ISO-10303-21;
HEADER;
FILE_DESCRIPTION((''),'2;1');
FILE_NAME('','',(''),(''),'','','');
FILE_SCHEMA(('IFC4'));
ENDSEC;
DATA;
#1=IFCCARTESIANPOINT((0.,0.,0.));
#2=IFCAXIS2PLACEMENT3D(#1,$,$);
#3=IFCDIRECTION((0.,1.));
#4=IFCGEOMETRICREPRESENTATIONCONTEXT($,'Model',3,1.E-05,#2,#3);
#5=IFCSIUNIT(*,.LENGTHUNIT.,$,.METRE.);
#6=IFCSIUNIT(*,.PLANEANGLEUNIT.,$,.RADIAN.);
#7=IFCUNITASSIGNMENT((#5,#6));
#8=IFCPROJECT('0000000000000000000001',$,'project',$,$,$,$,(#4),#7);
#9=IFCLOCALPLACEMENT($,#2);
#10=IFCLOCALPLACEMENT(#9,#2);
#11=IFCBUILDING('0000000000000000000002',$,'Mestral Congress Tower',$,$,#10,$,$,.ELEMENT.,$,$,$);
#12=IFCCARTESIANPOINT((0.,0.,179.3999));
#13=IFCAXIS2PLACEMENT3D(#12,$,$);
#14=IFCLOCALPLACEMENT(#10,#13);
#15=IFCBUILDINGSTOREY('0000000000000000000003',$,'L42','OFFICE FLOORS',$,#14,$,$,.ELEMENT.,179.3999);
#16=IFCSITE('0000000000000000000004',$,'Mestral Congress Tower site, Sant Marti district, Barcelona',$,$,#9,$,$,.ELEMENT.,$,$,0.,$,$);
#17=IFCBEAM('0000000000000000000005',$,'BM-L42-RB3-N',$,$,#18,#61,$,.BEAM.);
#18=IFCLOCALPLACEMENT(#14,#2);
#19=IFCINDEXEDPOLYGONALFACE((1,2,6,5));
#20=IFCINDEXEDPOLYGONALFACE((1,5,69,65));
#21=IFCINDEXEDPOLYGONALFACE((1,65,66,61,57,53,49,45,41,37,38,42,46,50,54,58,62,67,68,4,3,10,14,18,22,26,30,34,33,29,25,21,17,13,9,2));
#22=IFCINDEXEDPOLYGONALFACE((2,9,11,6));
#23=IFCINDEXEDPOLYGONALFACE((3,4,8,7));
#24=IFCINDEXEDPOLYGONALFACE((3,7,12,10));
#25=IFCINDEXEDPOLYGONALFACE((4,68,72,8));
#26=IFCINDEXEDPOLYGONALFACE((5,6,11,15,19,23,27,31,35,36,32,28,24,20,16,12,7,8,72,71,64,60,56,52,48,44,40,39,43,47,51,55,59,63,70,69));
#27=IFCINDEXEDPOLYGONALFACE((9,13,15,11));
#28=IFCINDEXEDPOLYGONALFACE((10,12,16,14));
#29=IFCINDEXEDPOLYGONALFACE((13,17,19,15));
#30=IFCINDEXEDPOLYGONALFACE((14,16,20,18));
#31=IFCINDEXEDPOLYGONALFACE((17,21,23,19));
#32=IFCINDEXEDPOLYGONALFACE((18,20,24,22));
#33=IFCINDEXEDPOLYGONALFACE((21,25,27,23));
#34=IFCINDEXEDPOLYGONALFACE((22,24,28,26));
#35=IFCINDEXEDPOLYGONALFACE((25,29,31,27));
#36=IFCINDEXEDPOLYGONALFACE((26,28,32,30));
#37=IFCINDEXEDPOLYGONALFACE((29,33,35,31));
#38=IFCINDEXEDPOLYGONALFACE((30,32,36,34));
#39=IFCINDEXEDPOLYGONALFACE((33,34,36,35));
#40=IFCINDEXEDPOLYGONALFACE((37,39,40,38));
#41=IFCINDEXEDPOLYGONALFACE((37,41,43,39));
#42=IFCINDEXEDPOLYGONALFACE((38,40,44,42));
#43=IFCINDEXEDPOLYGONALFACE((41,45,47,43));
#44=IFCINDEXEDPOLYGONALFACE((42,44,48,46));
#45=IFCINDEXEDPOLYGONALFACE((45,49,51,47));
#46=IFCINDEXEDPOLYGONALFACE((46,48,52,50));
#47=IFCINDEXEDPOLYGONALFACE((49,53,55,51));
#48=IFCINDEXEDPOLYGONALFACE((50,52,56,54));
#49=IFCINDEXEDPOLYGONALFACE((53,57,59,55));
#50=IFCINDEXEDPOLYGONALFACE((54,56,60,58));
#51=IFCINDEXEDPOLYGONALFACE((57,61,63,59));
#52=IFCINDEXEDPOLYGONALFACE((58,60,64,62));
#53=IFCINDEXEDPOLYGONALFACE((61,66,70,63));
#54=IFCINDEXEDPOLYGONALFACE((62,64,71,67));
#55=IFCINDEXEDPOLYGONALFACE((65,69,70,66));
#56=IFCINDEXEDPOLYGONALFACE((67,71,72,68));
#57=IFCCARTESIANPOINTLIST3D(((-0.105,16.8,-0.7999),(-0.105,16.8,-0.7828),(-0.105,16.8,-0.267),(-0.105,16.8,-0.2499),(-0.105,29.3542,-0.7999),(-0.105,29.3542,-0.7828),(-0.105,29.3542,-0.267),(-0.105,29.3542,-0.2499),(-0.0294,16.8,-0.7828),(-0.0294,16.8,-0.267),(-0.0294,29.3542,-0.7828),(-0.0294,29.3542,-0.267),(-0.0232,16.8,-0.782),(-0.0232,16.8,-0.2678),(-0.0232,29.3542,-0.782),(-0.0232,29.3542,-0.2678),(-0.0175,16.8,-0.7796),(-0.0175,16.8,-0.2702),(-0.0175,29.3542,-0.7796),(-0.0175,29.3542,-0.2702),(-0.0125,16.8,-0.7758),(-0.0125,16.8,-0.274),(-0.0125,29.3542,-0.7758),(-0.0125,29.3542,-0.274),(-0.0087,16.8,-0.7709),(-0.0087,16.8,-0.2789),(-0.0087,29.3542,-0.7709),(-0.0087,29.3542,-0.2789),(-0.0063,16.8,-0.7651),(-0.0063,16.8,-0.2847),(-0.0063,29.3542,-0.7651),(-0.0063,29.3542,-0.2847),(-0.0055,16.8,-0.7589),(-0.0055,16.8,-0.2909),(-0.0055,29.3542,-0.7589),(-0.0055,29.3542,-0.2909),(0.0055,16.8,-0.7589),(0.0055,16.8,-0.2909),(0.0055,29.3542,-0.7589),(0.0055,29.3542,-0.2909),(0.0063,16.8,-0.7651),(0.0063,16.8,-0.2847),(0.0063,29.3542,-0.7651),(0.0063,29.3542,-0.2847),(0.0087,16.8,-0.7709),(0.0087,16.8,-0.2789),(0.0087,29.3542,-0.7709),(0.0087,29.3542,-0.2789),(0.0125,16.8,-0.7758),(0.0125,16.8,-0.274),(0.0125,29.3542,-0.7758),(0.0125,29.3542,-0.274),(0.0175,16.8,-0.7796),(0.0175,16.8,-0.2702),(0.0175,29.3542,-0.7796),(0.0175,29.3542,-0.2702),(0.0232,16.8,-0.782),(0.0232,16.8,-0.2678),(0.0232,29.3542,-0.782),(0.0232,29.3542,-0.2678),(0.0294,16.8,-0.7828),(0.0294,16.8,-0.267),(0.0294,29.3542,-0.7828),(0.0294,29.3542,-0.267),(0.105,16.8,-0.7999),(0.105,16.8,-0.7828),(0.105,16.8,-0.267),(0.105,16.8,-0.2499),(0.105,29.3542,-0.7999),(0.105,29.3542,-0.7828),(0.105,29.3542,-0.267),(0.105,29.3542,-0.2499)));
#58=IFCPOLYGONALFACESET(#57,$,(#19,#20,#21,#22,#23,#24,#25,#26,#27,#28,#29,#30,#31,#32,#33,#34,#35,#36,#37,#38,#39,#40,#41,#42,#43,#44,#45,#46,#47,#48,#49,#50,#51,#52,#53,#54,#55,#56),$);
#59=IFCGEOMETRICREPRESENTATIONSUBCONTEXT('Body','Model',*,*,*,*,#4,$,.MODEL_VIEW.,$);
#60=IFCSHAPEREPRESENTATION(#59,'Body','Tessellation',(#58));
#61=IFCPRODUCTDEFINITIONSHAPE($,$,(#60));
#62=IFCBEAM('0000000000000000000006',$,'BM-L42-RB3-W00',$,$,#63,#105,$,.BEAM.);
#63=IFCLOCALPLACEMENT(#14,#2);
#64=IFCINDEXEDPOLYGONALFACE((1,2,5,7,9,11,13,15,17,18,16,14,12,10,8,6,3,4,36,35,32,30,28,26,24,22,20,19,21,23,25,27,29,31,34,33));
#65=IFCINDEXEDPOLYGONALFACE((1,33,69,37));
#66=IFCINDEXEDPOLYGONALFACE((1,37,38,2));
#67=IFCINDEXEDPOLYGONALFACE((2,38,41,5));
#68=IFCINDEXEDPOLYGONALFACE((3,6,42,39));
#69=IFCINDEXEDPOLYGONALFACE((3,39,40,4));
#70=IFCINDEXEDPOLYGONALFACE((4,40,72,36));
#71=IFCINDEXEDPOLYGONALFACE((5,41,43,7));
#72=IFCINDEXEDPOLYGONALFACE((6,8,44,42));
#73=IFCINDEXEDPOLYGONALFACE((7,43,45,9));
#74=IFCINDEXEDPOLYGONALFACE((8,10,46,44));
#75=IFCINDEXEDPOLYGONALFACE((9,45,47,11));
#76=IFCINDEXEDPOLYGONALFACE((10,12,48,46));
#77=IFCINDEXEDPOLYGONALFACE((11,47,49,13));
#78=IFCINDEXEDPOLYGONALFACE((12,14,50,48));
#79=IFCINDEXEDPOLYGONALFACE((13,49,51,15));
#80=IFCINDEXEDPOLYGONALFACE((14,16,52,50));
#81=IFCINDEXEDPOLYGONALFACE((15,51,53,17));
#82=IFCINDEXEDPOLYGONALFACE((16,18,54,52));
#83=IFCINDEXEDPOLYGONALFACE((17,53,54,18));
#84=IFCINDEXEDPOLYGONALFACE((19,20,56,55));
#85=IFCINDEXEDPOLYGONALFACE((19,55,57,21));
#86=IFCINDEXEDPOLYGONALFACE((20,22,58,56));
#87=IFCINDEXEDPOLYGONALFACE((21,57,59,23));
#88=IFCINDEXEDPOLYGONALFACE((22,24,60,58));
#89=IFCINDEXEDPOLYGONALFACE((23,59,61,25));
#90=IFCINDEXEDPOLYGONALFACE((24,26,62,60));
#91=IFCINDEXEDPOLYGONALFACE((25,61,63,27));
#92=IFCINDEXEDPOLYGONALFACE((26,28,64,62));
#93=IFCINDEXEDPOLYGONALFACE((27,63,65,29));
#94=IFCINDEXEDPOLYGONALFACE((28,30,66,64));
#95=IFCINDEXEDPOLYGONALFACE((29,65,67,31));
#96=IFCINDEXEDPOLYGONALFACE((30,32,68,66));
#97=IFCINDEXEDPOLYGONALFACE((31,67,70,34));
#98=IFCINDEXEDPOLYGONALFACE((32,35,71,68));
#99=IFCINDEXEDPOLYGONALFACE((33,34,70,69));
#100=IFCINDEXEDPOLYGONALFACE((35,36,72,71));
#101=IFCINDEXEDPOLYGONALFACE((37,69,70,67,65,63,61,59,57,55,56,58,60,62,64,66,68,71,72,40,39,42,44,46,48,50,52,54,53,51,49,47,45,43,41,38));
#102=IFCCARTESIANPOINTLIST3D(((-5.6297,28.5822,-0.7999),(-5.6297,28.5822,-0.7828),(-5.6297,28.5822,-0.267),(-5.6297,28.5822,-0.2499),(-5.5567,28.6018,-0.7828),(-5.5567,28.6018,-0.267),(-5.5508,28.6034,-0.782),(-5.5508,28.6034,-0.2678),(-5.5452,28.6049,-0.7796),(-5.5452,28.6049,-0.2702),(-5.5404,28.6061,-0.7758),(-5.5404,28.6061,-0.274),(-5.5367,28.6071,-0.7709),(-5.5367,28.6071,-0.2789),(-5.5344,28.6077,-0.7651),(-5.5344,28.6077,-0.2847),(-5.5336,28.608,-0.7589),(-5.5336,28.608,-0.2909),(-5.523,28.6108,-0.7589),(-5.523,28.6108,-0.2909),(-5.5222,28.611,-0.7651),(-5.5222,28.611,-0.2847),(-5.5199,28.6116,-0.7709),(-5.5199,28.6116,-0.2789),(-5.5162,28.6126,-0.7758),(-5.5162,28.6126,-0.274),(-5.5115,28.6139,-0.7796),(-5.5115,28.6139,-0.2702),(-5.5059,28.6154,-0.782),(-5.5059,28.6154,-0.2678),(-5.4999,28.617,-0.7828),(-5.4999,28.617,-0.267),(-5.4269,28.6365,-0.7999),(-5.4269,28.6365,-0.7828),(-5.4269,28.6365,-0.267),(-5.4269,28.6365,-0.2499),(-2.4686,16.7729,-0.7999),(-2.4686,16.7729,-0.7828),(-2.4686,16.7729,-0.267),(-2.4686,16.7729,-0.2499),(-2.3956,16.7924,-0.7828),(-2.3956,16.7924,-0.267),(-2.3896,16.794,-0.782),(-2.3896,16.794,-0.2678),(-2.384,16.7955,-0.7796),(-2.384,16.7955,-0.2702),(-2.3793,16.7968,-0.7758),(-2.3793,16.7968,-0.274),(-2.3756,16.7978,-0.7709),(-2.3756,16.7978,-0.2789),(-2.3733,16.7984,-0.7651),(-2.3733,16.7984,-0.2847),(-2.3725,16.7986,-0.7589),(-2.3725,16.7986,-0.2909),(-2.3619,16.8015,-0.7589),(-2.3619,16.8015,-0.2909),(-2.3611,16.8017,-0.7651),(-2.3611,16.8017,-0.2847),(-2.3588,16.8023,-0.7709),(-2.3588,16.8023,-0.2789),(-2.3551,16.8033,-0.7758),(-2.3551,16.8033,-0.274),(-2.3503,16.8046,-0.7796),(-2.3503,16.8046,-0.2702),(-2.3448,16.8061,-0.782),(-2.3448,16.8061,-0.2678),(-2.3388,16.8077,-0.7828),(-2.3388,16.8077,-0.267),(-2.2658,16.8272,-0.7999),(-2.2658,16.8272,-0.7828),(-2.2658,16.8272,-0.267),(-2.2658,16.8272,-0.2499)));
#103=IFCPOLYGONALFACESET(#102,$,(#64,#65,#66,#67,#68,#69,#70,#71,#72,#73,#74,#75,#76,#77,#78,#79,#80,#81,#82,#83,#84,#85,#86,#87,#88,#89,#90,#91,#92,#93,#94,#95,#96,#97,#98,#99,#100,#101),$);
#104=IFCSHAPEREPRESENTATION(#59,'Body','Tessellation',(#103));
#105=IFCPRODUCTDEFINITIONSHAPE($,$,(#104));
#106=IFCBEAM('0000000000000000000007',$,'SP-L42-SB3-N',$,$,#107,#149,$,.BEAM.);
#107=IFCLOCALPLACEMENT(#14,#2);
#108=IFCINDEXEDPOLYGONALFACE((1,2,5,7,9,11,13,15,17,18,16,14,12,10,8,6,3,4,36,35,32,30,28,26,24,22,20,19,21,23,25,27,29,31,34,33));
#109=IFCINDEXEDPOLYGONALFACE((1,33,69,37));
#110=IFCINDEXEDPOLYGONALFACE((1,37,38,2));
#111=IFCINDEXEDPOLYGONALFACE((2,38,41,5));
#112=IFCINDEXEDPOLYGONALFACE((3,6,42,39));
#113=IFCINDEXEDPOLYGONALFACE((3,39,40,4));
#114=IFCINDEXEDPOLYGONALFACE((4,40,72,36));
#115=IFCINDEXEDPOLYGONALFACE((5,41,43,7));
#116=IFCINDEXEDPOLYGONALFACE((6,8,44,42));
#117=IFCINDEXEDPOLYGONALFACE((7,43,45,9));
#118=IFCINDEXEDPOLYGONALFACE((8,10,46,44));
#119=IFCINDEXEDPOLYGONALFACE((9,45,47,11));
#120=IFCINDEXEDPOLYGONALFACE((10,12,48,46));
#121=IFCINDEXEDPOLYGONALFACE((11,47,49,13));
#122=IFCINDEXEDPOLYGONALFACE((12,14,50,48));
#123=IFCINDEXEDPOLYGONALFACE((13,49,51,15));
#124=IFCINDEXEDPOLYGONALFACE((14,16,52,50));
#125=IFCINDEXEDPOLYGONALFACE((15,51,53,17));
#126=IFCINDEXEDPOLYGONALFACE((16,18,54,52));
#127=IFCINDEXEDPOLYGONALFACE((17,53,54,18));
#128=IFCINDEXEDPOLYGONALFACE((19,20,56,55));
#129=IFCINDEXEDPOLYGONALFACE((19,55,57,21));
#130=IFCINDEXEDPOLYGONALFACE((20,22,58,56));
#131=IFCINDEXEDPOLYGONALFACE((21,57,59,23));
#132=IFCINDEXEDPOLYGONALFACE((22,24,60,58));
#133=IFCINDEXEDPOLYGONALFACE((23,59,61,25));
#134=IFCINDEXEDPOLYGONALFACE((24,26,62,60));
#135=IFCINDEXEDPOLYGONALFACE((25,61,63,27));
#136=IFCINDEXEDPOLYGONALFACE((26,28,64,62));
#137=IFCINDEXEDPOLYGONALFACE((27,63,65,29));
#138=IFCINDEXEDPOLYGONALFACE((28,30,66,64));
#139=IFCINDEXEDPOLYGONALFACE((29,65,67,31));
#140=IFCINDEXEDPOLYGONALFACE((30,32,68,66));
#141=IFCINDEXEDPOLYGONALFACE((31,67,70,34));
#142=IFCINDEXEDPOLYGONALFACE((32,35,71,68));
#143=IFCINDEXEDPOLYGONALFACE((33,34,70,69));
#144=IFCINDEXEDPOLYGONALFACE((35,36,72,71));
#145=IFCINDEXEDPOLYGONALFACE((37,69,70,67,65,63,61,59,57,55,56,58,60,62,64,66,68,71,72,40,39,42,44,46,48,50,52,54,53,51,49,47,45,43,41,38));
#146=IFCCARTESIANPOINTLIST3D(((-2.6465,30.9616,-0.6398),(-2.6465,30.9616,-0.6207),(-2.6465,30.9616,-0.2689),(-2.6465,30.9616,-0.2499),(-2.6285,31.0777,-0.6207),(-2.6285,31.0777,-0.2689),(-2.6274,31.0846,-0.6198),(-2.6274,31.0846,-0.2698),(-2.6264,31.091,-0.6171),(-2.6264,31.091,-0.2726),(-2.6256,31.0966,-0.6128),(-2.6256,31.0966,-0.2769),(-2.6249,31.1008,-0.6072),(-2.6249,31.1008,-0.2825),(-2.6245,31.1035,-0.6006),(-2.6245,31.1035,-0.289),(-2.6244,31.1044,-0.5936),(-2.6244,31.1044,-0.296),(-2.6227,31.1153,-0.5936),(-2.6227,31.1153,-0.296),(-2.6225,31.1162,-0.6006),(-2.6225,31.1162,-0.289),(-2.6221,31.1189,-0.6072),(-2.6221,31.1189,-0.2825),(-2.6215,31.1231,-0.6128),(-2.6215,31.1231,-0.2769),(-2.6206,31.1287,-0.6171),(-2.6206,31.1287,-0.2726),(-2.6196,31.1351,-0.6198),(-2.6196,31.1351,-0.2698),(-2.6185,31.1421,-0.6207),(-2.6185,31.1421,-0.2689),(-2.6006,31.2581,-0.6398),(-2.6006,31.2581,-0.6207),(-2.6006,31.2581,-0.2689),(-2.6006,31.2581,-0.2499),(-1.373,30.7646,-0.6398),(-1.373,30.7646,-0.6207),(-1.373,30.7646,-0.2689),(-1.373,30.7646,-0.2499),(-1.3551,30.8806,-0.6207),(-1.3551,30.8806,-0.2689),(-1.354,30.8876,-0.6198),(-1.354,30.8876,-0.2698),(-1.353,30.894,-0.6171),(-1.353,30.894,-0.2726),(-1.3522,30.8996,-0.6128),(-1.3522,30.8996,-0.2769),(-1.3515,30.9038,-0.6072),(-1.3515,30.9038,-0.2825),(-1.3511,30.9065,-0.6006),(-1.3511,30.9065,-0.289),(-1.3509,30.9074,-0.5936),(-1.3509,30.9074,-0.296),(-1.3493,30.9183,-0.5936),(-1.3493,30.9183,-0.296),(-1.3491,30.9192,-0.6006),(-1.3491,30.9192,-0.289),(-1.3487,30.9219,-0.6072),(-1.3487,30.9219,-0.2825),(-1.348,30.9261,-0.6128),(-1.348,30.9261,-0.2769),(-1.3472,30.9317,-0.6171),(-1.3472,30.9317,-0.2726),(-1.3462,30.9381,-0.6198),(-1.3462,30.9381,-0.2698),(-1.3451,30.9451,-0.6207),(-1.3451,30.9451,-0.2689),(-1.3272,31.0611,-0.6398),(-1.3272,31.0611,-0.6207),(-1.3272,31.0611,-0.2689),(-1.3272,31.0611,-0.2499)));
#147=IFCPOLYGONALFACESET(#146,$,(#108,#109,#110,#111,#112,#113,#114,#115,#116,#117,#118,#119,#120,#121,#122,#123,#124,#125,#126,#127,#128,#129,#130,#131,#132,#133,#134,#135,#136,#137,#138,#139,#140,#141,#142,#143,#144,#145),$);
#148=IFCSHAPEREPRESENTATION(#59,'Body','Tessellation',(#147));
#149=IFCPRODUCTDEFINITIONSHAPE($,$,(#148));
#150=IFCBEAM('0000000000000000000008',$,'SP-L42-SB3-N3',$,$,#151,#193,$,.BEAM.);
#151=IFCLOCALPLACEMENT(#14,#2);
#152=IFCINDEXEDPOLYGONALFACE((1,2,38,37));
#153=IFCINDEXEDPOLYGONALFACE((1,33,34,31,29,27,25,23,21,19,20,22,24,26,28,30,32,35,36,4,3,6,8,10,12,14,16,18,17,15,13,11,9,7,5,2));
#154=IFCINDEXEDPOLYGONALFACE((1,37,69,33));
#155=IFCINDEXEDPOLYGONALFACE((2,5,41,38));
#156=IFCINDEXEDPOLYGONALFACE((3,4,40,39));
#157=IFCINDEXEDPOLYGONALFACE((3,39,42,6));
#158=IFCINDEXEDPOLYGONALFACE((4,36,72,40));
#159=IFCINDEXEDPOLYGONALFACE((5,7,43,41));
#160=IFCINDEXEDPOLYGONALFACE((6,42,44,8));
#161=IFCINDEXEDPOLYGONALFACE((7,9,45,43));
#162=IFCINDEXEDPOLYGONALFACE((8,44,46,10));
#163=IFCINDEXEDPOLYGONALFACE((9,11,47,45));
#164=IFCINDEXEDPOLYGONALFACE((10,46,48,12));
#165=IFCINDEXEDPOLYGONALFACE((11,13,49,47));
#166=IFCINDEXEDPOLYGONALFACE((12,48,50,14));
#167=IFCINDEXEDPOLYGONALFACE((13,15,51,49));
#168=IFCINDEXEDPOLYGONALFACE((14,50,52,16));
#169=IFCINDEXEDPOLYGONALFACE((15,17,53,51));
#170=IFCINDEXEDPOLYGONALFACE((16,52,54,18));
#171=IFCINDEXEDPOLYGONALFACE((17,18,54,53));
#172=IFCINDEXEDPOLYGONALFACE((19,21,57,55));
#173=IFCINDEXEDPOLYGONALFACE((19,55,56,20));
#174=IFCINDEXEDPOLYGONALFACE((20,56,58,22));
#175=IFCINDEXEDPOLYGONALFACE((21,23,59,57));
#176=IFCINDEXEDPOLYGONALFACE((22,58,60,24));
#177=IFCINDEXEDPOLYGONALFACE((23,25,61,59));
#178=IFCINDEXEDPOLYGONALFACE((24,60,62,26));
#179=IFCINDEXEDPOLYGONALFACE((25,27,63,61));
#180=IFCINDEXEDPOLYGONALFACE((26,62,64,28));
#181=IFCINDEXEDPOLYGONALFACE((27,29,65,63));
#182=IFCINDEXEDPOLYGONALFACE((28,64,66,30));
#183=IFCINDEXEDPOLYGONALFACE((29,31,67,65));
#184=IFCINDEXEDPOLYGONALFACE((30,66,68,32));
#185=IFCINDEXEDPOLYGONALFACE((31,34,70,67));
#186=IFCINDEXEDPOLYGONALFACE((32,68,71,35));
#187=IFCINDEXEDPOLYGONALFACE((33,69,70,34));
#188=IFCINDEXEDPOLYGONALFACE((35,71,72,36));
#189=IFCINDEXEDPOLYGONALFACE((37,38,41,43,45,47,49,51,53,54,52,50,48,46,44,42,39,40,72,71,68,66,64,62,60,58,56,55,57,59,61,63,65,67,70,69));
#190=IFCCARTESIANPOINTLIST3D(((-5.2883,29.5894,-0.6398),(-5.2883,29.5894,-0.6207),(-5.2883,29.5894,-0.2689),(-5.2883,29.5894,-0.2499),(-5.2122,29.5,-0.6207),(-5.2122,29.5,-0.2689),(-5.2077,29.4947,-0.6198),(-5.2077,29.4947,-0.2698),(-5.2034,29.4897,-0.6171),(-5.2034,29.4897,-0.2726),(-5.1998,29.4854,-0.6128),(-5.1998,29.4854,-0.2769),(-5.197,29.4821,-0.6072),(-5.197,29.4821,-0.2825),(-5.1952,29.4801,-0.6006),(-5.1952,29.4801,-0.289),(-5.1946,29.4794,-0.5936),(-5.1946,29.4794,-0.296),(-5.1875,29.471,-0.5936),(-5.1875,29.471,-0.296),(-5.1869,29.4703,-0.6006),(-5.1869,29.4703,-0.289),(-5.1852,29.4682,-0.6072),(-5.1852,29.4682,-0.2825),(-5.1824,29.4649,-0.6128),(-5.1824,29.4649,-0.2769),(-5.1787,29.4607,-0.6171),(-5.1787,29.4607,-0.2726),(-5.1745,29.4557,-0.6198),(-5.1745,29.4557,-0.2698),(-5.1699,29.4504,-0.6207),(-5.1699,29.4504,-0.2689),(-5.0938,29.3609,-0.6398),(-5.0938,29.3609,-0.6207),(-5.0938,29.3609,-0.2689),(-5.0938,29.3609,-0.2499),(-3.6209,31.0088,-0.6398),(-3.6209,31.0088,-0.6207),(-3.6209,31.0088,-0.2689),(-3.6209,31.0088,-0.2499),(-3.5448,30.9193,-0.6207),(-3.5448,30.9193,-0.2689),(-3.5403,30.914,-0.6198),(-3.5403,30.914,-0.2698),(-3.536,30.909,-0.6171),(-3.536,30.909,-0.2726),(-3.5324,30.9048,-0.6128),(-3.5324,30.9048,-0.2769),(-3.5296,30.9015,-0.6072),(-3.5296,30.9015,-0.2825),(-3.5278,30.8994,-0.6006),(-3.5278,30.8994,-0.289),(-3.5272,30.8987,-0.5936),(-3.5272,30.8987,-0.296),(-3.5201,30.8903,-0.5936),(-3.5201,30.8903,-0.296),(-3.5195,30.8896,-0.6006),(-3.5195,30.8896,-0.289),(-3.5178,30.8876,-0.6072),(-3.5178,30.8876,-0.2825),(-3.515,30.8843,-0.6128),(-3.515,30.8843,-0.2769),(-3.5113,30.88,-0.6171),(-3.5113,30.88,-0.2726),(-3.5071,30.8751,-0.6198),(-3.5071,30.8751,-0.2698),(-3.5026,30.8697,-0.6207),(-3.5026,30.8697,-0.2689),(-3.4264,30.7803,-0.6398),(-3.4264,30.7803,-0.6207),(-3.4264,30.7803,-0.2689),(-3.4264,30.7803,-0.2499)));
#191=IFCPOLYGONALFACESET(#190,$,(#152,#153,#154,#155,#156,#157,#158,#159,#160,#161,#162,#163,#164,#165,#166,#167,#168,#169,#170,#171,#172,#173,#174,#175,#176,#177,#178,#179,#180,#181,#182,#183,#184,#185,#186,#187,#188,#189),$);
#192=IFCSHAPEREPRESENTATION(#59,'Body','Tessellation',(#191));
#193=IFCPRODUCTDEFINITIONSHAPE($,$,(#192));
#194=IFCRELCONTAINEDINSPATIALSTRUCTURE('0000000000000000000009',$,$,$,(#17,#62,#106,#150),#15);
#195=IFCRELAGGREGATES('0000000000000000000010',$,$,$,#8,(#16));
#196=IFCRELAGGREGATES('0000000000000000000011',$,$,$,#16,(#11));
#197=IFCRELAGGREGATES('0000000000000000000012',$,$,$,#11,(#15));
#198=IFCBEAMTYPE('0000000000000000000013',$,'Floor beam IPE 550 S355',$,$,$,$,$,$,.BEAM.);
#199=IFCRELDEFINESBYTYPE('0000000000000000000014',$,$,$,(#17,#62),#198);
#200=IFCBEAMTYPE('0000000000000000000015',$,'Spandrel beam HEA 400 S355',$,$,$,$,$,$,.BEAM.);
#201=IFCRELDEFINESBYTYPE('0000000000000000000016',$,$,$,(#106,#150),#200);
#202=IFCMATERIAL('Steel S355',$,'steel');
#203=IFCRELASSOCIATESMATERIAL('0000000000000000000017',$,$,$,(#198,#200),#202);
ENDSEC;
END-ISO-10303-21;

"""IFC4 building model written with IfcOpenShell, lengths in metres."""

from ifc_helpers import new_model, si_unit, direction, frame, origin, origin_2d, place, context, subcontext, project, spatial, i_section, extrude, material, material_profile, profile_set, type_object, element, save


model = new_model("IFC4")

# Units and contexts
model_context = context("Model", 3, precision=1e-05, world=origin(), true_north=direction((0.0, 1.0)))
body_context = subcontext(model_context, "Body", "Model", "MODEL_VIEW")
ifc_project = project(units=[si_unit("LENGTHUNIT", "METRE"), si_unit("PLANEANGLEUNIT", "RADIAN")], contexts=[model_context])

# Site, building, storey
site_placement = place(None, origin())
site = spatial("IfcSite", under=ifc_project, at=site_placement, Name="Mestral Congress Tower site, Sant Marti district, Barcelona", CompositionType="ELEMENT", RefElevation=0.0)
building_placement = place(site_placement, origin())
building = spatial("IfcBuilding", under=site, at=building_placement, Name="Mestral Congress Tower", CompositionType="ELEMENT")
storey_placement = place(building_placement, frame((0.0, 0.0, 179.3999)))
storey = spatial("IfcBuildingStorey", under=building, at=storey_placement, Name="L42", Description="OFFICE FLOORS", CompositionType="ELEMENT", Elevation=179.3999)

# Beams
ifc_material_1 = material(Name="Steel S355", Category="steel")
ifc_material_profile_1 = material_profile(ifc_material_1, i_section(OverallWidth=0.21, OverallDepth=0.55, WebThickness=0.011, FlangeThickness=0.0171, FilletRadius=0.0239, at=origin_2d()), Name="IPE 550")
ifc_profile_set_1 = profile_set([ifc_material_profile_1], Name="Steel S355")
beam_type_1 = type_object("IfcBeamType", Name="Floor beam IPE 550 S355", PredefinedType="BEAM", material=ifc_profile_set_1)
beam_1_placement = place(storey_placement, frame((0.0, 29.3542, -0.5249), z_axis=(0.0, -1.0, 0.0), x_axis=(1.0, 0.0, 0.0)))
element("IfcBeam", 1, at=beam_1_placement, inside=storey, type_object=beam_type_1, Name="BM-L42-RB3-N", PredefinedType="BEAM", context=body_context, shape_type="SweptSolid", body=[
    extrude(i_section(OverallWidth=0.21, OverallDepth=0.55, WebThickness=0.011, FlangeThickness=0.0171, FilletRadius=0.0239, at=origin_2d()), origin(), (0.0, 0.0, 1.0), 12.5542),
])
beam_2_placement = place(storey_placement, frame((-5.5283, 28.6094, -0.5249), z_axis=(0.258577, -0.965991, 0.0), x_axis=(0.965991, 0.258577, 0.0)))
element("IfcBeam", 2, at=beam_2_placement, inside=storey, type_object=beam_type_1, Name="BM-L42-RB3-W00", PredefinedType="BEAM", context=body_context, shape_type="SweptSolid", body=[
    extrude(i_section(OverallWidth=0.21, OverallDepth=0.55, WebThickness=0.011, FlangeThickness=0.0171, FilletRadius=0.0239, at=origin_2d()), origin(), (0.0, 0.0, 1.0), 12.2251),
])
ifc_material_profile_2 = material_profile(ifc_material_1, i_section(OverallWidth=0.3, OverallDepth=0.3899, WebThickness=0.011, FlangeThickness=0.019, FilletRadius=0.0271, at=origin_2d()), Name="HEA 400")
ifc_profile_set_2 = profile_set([ifc_material_profile_2], Name="Steel S355")
beam_type_2 = type_object("IfcBeamType", Name="Spandrel beam HEA 400 S355", PredefinedType="BEAM", material=ifc_profile_set_2)
beam_3_placement = place(storey_placement, frame((-1.3501, 30.9128, -0.4448), z_axis=(-0.988242, 0.152897, 0.0), x_axis=(-0.152897, -0.988242, 0.0)))
element("IfcBeam", 3, at=beam_3_placement, inside=storey, type_object=beam_type_2, Name="SP-L42-SB3-N", PredefinedType="BEAM", context=body_context, shape_type="SweptSolid", body=[
    extrude(i_section(OverallWidth=0.3, OverallDepth=0.3899, WebThickness=0.011, FlangeThickness=0.019, FilletRadius=0.0271, at=origin_2d()), origin(), (0.0, 0.0, 1.0), 1.2886),
])
beam_4_placement = place(storey_placement, frame((-3.5237, 30.8945, -0.4448), z_axis=(-0.761471, -0.648198, 0.0), x_axis=(0.648198, -0.761471, 0.0)))
element("IfcBeam", 4, at=beam_4_placement, inside=storey, type_object=beam_type_2, Name="SP-L42-SB3-N3", PredefinedType="BEAM", context=body_context, shape_type="SweptSolid", body=[
    extrude(i_section(OverallWidth=0.3, OverallDepth=0.3899, WebThickness=0.011, FlangeThickness=0.019, FilletRadius=0.0271, at=origin_2d()), origin(), (0.0, 0.0, 1.0), 2.1897),
])

save(model, "model.ifc")
